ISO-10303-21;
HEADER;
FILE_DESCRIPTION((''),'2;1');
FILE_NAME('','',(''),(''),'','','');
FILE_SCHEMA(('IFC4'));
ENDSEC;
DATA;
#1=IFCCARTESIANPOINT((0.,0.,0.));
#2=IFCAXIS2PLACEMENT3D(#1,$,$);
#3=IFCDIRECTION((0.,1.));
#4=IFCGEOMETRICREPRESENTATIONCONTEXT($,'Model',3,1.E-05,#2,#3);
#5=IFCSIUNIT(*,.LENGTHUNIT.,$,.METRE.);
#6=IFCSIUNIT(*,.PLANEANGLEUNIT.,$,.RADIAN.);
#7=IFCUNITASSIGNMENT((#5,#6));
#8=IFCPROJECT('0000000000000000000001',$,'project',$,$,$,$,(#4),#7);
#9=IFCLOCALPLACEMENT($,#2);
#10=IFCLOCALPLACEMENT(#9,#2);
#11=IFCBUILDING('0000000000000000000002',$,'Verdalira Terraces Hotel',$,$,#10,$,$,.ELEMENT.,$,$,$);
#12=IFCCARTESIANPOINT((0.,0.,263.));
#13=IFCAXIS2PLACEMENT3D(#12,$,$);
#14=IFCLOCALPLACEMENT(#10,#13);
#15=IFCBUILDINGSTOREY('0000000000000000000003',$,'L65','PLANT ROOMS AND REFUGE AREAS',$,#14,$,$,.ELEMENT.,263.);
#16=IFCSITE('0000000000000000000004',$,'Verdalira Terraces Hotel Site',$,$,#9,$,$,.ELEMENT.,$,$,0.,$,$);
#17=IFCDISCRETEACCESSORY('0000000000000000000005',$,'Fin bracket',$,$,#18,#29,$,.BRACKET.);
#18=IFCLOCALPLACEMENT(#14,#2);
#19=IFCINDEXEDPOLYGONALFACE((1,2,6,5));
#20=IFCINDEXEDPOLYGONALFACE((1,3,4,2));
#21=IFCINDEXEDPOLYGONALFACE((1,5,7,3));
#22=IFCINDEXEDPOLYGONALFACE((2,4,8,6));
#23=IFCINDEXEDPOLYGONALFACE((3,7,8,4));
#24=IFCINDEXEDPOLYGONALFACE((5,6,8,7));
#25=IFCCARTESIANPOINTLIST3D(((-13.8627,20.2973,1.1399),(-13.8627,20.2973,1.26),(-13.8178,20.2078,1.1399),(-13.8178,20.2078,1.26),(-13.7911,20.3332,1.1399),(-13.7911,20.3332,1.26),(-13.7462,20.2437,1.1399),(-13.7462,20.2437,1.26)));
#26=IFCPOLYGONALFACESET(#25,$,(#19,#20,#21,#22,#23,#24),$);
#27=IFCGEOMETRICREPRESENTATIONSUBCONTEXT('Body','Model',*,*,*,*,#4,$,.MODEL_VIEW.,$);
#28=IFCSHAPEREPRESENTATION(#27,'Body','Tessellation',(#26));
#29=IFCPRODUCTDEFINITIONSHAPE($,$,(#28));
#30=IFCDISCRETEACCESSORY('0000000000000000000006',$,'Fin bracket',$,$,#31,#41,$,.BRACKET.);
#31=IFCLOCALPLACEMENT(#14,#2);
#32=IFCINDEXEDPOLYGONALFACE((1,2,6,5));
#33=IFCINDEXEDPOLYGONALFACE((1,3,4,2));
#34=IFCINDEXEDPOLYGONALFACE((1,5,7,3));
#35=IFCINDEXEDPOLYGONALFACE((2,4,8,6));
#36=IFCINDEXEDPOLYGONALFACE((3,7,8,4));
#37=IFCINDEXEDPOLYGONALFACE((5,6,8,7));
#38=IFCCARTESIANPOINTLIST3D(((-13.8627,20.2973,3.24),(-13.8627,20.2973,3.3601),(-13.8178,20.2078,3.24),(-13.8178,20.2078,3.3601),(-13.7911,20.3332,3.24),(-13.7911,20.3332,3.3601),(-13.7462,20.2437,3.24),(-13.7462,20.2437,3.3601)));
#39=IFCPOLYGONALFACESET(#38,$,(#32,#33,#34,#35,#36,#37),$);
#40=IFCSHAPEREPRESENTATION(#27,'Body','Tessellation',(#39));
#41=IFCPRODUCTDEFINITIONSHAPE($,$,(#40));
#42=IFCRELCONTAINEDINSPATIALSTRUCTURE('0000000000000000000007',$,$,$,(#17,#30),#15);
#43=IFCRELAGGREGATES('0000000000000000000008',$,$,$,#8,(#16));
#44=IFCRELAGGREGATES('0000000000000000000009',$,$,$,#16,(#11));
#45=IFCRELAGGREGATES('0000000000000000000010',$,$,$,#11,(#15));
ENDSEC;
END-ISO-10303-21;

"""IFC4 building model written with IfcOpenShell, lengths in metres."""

from ifc_helpers import new_model, si_unit, direction, frame, origin, origin_2d, place, context, subcontext, project, spatial, rectangle, extrude, element, save


model = new_model("IFC4")

# Units and contexts
model_context = context("Model", 3, precision=1e-05, world=origin(), true_north=direction((0.0, 1.0)))
body_context = subcontext(model_context, "Body", "Model", "MODEL_VIEW")
ifc_project = project(units=[si_unit("LENGTHUNIT", "METRE"), si_unit("PLANEANGLEUNIT", "RADIAN")], contexts=[model_context])

# Site, building, storey
site_placement = place(None, origin())
site = spatial("IfcSite", under=ifc_project, at=site_placement, Name="Verdalira Terraces Hotel Site", CompositionType="ELEMENT", RefElevation=0.0)
building_placement = place(site_placement, origin())
building = spatial("IfcBuilding", under=site, at=building_placement, Name="Verdalira Terraces Hotel", CompositionType="ELEMENT")
storey_placement = place(building_placement, frame((0.0, 0.0, 263.0)))
storey = spatial("IfcBuildingStorey", under=building, at=storey_placement, Name="L65", Description="PLANT ROOMS AND REFUGE AREAS", CompositionType="ELEMENT", Elevation=263.0)

# Discrete accessories
for number, where, z_axis, x_axis, name in (
    (1, (-13.8044, 20.2705, 1.1399), (0.0, 0.0, 1.0), (-0.893841, -0.448383, 0.0), "Fin bracket"),
    (2, (-13.8044, 20.2705, 3.24), (0.0, 0.0, 1.0), (-0.893841, -0.448383, 0.0), "Fin bracket"),
):
    element("IfcDiscreteAccessory", number, at=place(storey_placement, frame(where, z_axis=z_axis, x_axis=x_axis)), inside=storey, Name=name, PredefinedType="BRACKET", context=body_context, shape_type="SweptSolid", body=[
        extrude(rectangle(XDim=0.0801, YDim=0.1001, at=origin_2d()), origin(), (0.0, 0.0, 1.0), 0.1201),
    ])

save(model, "model.ifc")
